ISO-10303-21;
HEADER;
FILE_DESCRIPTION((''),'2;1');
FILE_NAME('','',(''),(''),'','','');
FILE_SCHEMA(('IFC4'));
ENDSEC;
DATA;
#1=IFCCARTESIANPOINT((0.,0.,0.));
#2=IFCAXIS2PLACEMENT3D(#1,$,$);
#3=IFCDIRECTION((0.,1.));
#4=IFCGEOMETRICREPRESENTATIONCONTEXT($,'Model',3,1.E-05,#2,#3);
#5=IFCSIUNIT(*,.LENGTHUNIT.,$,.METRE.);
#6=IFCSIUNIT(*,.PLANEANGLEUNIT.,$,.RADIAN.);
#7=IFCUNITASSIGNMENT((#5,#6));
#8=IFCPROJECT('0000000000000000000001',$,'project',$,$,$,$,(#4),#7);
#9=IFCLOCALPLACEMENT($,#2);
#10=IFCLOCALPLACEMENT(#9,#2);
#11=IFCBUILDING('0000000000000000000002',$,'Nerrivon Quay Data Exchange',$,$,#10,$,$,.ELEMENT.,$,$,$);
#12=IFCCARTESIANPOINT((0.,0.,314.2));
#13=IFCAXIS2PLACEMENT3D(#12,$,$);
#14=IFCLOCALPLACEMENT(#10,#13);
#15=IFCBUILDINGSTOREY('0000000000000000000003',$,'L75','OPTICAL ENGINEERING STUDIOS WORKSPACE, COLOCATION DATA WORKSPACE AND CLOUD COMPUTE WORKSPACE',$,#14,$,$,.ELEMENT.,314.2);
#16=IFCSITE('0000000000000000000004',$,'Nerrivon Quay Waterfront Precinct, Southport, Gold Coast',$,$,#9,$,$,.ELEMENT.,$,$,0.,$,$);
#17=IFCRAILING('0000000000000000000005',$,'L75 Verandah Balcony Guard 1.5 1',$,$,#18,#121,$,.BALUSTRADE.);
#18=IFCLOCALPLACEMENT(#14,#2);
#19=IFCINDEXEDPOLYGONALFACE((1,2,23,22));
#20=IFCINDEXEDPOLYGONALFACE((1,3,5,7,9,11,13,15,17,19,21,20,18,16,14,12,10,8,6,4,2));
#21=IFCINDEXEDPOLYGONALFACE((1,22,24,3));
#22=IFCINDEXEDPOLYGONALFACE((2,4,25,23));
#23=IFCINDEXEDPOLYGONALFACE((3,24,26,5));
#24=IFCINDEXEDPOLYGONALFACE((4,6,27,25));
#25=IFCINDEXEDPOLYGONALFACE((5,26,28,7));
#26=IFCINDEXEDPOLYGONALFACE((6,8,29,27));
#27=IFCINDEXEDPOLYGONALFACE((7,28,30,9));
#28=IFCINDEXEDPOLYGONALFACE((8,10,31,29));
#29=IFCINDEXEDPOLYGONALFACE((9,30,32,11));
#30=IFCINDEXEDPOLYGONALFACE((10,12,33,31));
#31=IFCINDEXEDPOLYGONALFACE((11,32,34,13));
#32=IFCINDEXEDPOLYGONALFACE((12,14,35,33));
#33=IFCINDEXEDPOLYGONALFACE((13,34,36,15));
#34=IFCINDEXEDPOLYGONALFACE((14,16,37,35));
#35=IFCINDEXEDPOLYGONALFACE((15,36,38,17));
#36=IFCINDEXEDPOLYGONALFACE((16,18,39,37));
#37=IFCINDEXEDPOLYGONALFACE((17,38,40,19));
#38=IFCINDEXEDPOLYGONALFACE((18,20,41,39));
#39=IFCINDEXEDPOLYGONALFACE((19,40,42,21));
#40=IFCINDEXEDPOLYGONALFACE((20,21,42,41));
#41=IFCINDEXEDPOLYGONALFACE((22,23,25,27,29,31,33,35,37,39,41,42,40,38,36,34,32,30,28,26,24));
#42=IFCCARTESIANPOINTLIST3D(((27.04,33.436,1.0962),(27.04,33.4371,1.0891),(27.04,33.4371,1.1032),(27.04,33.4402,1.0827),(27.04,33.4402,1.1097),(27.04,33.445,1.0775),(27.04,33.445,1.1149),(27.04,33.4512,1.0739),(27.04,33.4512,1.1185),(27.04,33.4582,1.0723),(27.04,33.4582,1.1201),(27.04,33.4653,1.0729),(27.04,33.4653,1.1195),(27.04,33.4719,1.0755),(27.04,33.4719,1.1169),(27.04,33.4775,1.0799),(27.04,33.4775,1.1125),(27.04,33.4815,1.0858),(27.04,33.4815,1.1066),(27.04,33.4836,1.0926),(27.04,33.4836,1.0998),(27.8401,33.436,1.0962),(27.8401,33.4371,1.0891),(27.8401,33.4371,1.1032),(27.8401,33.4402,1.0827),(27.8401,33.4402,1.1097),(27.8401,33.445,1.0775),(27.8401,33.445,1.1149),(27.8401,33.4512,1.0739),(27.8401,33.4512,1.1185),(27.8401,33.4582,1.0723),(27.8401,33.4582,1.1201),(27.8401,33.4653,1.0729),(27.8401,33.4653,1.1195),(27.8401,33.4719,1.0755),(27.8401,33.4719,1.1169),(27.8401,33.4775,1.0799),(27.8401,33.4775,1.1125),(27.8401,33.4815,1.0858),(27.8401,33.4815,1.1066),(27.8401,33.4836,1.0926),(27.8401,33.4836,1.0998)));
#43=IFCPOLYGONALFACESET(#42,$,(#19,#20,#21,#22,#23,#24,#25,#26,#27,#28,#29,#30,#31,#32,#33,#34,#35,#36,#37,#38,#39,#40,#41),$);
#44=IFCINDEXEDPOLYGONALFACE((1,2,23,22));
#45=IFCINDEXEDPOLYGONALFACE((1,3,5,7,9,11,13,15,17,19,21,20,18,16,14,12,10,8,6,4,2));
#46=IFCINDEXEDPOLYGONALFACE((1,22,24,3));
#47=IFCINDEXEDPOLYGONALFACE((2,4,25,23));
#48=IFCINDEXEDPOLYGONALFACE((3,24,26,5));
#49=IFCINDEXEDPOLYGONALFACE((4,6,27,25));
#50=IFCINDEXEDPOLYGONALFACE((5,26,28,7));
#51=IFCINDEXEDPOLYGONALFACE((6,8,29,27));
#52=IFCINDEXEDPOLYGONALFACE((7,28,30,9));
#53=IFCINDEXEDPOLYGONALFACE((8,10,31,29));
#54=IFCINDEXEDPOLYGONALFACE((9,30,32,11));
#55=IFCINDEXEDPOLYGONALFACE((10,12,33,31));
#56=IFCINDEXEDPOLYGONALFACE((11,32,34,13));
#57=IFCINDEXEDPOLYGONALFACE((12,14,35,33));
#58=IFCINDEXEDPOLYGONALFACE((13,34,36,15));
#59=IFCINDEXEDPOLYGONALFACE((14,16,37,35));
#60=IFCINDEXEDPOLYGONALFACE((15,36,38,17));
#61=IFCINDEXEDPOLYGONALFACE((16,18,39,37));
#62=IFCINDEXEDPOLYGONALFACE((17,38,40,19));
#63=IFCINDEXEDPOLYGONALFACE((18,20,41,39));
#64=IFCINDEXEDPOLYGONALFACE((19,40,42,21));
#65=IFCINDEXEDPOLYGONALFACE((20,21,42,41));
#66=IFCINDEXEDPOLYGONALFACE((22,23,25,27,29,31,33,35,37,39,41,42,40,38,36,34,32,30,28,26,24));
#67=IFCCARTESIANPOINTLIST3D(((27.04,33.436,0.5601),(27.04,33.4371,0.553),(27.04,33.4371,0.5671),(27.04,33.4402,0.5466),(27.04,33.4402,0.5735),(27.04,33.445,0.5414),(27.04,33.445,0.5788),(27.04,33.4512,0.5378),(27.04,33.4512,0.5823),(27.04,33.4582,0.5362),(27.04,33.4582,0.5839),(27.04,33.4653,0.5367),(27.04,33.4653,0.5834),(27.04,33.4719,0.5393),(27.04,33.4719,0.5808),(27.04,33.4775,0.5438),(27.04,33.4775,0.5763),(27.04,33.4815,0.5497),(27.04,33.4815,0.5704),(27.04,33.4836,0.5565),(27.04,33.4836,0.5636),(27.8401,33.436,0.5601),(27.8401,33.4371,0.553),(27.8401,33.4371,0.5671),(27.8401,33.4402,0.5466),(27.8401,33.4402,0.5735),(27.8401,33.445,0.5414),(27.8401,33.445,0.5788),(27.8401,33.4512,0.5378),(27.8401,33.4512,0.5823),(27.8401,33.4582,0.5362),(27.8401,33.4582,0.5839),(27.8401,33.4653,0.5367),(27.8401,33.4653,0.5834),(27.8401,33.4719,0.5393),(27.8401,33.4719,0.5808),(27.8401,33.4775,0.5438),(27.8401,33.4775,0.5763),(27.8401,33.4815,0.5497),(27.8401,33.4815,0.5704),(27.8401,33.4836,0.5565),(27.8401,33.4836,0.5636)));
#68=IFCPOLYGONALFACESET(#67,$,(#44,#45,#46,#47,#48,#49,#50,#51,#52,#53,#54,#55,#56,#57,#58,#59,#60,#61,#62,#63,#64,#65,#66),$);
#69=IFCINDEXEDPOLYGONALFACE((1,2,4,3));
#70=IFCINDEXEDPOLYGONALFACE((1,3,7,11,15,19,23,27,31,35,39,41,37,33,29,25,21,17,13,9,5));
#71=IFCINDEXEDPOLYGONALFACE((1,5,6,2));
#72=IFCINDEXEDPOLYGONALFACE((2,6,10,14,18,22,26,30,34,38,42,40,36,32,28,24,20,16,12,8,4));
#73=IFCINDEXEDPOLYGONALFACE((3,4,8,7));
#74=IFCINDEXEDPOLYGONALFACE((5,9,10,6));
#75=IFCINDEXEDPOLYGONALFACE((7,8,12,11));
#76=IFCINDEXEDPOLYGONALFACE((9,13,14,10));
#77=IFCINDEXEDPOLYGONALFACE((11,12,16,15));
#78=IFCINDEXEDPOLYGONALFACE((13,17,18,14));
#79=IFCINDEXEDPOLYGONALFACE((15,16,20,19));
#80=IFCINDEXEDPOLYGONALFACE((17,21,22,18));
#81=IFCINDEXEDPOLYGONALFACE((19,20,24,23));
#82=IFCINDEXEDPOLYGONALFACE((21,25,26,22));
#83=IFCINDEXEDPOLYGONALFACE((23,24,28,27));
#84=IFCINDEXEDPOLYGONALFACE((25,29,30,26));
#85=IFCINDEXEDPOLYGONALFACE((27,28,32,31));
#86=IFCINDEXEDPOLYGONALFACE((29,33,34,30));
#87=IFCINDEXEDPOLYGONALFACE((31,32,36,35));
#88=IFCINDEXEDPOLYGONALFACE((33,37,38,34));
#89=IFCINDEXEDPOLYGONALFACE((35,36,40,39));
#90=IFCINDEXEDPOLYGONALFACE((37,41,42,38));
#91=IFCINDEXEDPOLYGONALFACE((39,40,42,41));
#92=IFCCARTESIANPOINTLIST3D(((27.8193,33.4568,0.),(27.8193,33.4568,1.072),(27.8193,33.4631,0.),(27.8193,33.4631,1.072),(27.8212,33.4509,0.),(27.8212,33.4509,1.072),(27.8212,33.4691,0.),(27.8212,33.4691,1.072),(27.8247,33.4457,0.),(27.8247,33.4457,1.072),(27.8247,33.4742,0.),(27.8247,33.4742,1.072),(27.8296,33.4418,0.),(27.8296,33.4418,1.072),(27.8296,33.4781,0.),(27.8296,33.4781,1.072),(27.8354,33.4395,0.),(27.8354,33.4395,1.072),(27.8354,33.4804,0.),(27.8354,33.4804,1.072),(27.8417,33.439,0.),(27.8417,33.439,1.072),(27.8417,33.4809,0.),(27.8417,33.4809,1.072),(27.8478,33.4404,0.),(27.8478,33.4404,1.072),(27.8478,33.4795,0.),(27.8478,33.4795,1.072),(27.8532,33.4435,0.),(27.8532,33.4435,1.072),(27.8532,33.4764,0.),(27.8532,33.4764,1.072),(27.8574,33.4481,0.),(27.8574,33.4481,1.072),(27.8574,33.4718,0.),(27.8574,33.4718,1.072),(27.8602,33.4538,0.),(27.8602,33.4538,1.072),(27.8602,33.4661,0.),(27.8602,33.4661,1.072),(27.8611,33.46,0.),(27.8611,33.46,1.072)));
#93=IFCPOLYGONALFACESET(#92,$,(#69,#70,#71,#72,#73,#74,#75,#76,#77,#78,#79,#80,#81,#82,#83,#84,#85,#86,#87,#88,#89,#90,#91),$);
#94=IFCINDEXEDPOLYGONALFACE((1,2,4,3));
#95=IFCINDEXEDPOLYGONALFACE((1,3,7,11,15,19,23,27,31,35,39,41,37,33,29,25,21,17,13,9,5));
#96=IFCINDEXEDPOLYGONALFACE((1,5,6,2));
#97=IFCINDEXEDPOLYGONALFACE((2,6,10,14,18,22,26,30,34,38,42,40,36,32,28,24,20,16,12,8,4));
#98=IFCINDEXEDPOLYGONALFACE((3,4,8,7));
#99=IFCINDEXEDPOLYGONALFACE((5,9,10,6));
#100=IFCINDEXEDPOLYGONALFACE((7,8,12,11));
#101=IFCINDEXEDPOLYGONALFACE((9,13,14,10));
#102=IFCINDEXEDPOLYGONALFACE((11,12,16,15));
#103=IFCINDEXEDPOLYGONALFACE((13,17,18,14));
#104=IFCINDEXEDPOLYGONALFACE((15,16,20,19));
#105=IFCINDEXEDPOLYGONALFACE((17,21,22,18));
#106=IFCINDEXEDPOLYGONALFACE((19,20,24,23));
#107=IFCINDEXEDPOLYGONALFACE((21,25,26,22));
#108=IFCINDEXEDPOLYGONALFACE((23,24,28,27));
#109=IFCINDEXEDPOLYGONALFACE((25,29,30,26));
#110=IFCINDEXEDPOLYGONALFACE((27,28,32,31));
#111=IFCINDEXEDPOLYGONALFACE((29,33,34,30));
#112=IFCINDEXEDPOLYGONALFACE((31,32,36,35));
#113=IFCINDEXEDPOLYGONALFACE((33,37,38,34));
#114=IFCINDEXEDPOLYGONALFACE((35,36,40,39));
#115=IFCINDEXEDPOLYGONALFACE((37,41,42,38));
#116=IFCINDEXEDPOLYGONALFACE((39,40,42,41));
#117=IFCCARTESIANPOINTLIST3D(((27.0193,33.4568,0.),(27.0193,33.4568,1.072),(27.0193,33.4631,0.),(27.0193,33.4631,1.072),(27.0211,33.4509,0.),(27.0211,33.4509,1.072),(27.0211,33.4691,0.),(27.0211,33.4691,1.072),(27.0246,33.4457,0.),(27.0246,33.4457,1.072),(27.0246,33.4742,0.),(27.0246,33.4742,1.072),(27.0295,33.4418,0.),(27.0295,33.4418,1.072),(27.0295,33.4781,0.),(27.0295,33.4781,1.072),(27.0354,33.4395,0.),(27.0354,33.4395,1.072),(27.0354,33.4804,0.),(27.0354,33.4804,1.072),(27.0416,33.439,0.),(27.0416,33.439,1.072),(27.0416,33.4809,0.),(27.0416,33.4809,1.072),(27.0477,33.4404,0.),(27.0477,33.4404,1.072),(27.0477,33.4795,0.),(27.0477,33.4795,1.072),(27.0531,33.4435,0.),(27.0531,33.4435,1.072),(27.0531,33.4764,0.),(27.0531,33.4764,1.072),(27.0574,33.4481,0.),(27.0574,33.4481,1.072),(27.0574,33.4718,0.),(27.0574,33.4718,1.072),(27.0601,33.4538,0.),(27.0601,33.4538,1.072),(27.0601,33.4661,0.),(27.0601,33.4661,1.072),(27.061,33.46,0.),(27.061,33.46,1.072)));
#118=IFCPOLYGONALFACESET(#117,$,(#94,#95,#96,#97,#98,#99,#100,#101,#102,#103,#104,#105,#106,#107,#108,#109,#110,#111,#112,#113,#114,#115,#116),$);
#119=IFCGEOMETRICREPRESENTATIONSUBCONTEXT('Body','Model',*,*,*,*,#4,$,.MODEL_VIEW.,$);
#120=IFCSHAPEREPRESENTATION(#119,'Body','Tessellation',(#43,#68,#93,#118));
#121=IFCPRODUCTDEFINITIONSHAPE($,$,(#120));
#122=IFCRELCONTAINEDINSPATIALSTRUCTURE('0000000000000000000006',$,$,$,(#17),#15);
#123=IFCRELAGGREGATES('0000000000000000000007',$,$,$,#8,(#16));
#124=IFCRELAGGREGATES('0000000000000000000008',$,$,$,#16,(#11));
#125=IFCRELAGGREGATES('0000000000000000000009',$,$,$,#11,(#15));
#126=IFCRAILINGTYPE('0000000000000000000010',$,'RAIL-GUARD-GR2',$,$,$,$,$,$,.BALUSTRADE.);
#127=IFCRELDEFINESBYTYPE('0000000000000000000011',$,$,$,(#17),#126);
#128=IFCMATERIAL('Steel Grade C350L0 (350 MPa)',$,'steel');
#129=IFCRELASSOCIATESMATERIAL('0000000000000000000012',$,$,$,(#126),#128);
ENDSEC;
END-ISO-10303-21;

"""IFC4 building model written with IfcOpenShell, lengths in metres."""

from ifc_helpers import new_model, si_unit, direction, frame, origin, origin_2d, place, context, subcontext, project, spatial, circle, extrude, material, type_object, element, save


model = new_model("IFC4")

# Units and contexts
model_context = context("Model", 3, precision=1e-05, world=origin(), true_north=direction((0.0, 1.0)))
body_context = subcontext(model_context, "Body", "Model", "MODEL_VIEW")
ifc_project = project(units=[si_unit("LENGTHUNIT", "METRE"), si_unit("PLANEANGLEUNIT", "RADIAN")], contexts=[model_context])

# Site, building, storey
site_placement = place(None, origin())
site = spatial("IfcSite", under=ifc_project, at=site_placement, Name="Nerrivon Quay Waterfront Precinct, Southport, Gold Coast", CompositionType="ELEMENT", RefElevation=0.0)
building_placement = place(site_placement, origin())
building = spatial("IfcBuilding", under=site, at=building_placement, Name="Nerrivon Quay Data Exchange", CompositionType="ELEMENT")
storey_placement = place(building_placement, frame((0.0, 0.0, 314.2)))
storey = spatial("IfcBuildingStorey", under=building, at=storey_placement, Name="L75", Description="OPTICAL ENGINEERING STUDIOS WORKSPACE, COLOCATION DATA WORKSPACE AND CLOUD COMPUTE WORKSPACE", CompositionType="ELEMENT", Elevation=314.2)

# Railing
ifc_material_1 = material(Name="Steel Grade C350L0 (350 MPa)", Category="steel")
railing_type = type_object("IfcRailingType", Name="RAIL-GUARD-GR2", PredefinedType="BALUSTRADE", material=ifc_material_1)
railing_1_placement = place(storey_placement, frame((27.8401, 33.46, 0.0)))
element("IfcRailing", 1, at=railing_1_placement, inside=storey, type_object=railing_type, Name="L75 Verandah Balcony Guard 1.5 1", PredefinedType="BALUSTRADE", context=body_context, shape_type="SweptSolid", body=[
    extrude(circle(Radius=0.0239, at=origin_2d()), frame((0.0, 0.0, 1.0962), z_axis=(-1.0, 0.0, 0.0), x_axis=(0.0, -1.0, 0.0)), (0.0, 0.0, 1.0), 0.8),
    extrude(circle(Radius=0.0239, at=origin_2d()), frame((0.0, 0.0, 0.5601), z_axis=(-1.0, 0.0, 0.0), x_axis=(0.0, -1.0, 0.0)), (0.0, 0.0, 1.0), 0.8),
    extrude(circle(Radius=0.021, at=origin_2d()), origin(), (0.0, 0.0, 1.0), 1.072),
    extrude(circle(Radius=0.021, at=origin_2d()), frame((-0.8, 0.0, 0.0)), (0.0, 0.0, 1.0), 1.072),
])

save(model, "model.ifc")
